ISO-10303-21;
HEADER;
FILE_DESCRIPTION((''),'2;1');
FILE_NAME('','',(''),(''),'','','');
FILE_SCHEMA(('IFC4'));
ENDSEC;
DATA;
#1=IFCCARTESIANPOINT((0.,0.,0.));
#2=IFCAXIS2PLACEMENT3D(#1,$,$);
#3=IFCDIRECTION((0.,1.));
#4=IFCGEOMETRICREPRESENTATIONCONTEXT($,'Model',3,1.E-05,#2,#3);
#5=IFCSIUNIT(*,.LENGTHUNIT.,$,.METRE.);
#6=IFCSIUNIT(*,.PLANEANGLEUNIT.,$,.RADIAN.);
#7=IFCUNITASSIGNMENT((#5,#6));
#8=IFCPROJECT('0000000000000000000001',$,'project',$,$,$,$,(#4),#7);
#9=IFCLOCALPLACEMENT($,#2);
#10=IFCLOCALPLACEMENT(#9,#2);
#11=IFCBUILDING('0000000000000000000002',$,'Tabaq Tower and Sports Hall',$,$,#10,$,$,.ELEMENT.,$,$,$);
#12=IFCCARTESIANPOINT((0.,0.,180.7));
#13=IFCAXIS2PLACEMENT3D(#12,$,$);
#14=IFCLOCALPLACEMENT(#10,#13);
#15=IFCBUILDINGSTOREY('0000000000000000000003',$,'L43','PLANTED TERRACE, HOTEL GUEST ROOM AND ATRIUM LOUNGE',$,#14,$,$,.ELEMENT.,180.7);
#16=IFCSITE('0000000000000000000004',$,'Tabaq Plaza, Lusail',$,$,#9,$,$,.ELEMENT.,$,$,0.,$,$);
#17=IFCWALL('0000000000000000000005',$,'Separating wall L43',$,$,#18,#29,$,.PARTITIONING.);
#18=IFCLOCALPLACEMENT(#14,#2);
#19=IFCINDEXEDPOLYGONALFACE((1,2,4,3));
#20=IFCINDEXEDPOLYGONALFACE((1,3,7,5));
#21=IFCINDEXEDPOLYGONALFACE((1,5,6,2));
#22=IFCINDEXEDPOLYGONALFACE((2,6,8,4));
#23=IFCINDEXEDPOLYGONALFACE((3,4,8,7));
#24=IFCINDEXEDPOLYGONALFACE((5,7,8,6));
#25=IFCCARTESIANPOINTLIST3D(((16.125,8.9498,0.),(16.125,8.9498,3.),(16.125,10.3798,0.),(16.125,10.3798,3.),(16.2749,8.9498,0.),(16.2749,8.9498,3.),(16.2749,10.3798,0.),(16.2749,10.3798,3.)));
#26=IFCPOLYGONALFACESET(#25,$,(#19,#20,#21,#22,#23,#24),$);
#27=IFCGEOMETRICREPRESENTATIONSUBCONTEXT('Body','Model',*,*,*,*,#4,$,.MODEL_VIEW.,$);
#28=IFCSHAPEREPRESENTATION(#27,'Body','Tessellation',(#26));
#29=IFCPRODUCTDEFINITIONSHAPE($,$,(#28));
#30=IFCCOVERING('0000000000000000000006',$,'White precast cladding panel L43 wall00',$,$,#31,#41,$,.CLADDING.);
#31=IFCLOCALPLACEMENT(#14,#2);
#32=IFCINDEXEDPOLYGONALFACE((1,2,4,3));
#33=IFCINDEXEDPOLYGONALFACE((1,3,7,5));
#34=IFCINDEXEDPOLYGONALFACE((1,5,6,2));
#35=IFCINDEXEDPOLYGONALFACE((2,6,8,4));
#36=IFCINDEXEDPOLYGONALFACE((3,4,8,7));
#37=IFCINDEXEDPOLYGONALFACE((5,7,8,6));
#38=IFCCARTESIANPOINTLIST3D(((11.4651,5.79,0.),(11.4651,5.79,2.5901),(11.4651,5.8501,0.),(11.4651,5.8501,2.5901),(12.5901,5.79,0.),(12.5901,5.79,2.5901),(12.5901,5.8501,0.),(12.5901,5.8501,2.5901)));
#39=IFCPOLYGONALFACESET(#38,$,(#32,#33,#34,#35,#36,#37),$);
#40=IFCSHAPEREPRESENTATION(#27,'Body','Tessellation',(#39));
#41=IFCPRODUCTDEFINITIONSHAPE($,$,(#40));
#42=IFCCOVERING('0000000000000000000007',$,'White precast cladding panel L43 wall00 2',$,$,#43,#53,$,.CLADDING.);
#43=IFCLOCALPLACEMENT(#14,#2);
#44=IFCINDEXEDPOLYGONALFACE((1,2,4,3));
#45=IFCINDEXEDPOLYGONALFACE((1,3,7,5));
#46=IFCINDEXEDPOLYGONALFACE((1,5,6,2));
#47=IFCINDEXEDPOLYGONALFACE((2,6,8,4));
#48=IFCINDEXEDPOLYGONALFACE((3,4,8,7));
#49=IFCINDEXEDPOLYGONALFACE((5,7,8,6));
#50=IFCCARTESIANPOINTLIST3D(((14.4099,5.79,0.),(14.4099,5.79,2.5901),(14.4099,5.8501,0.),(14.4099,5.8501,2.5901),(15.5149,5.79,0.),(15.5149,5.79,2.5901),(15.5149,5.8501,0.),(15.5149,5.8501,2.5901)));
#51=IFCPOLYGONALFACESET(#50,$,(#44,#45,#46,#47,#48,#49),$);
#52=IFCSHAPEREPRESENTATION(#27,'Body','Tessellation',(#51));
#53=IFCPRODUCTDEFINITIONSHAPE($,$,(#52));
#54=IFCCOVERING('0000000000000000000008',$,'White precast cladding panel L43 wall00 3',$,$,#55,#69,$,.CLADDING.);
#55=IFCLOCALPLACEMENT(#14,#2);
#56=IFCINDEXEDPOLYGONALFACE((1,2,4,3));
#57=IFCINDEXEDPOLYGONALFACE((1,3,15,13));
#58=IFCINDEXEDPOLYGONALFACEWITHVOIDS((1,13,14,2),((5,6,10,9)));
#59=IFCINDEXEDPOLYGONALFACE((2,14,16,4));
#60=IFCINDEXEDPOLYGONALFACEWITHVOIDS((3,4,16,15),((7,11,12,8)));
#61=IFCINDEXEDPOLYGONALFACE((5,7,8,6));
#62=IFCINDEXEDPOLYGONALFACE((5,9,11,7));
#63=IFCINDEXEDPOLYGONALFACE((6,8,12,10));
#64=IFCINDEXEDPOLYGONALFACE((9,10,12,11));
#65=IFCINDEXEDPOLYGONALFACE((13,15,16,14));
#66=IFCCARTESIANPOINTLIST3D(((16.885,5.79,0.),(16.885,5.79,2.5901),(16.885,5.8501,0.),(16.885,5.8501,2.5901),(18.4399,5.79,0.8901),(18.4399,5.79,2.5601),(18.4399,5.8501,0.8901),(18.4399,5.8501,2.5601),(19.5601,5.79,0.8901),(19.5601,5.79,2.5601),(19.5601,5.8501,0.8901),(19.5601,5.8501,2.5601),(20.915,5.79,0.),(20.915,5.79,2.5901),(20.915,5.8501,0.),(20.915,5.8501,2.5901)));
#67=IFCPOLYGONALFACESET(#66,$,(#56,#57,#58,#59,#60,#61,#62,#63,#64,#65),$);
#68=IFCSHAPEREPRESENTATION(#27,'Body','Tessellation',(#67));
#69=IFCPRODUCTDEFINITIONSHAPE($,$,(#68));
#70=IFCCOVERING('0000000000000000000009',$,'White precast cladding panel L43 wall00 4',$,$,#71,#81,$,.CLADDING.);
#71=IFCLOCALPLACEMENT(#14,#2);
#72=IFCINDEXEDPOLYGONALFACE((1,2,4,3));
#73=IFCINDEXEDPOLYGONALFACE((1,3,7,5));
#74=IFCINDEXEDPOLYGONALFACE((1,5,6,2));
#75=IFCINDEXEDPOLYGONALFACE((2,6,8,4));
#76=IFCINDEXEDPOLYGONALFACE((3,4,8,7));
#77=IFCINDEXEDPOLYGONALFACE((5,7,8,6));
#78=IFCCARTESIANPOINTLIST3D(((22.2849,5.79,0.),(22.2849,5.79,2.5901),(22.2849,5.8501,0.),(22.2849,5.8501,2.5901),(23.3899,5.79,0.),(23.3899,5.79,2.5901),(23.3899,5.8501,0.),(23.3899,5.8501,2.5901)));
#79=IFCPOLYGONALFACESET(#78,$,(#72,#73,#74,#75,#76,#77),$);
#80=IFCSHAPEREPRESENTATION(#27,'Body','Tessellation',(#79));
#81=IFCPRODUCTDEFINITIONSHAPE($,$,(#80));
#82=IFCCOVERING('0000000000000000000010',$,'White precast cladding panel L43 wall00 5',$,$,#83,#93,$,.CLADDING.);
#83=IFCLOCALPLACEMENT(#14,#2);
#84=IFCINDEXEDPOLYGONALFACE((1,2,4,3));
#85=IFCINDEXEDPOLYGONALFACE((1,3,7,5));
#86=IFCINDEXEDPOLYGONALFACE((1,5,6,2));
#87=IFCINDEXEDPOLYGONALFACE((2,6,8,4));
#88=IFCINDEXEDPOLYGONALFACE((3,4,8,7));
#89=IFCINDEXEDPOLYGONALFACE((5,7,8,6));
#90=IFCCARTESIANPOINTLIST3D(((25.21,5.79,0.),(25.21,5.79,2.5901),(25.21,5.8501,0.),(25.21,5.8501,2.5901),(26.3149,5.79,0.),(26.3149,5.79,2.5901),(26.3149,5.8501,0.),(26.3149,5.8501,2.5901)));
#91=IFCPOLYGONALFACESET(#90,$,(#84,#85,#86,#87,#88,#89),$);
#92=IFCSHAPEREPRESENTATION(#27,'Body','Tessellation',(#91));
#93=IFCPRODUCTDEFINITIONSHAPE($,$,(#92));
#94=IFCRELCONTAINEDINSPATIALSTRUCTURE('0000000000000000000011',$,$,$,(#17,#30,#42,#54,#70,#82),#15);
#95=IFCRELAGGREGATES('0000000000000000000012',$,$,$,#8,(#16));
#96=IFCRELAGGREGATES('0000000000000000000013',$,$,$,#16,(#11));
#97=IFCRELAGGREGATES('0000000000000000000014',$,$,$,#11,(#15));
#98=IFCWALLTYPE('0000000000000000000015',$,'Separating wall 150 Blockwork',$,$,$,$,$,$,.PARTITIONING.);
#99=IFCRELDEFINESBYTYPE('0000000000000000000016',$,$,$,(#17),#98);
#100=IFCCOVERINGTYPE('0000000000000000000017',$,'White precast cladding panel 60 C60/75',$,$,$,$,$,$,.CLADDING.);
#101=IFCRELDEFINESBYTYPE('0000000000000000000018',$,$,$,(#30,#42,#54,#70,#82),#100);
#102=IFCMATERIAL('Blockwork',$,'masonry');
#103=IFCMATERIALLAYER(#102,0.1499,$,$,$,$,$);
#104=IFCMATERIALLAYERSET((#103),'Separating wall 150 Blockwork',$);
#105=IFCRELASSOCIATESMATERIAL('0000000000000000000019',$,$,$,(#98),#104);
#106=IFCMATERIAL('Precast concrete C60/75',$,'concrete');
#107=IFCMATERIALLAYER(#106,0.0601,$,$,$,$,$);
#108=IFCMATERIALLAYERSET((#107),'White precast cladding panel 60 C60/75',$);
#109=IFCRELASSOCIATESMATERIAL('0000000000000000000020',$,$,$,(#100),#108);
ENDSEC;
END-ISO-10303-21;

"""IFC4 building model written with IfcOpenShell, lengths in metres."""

from ifc_helpers import new_model, si_unit, direction, frame, frame_2d, origin, place, context, subcontext, project, spatial, polyline, rectangle, outline, extrude, material, layer, layer_set, type_object, element, save


model = new_model("IFC4")

# Units and contexts
model_context = context("Model", 3, precision=1e-05, world=origin(), true_north=direction((0.0, 1.0)))
body_context = subcontext(model_context, "Body", "Model", "MODEL_VIEW")
ifc_project = project(units=[si_unit("LENGTHUNIT", "METRE"), si_unit("PLANEANGLEUNIT", "RADIAN")], contexts=[model_context])

# Site, building, storey
site_placement = place(None, origin())
site = spatial("IfcSite", under=ifc_project, at=site_placement, Name="Tabaq Plaza, Lusail", CompositionType="ELEMENT", RefElevation=0.0)
building_placement = place(site_placement, origin())
building = spatial("IfcBuilding", under=site, at=building_placement, Name="Tabaq Tower and Sports Hall", CompositionType="ELEMENT")
storey_placement = place(building_placement, frame((0.0, 0.0, 180.7)))
storey = spatial("IfcBuildingStorey", under=building, at=storey_placement, Name="L43", Description="PLANTED TERRACE, HOTEL GUEST ROOM AND ATRIUM LOUNGE", CompositionType="ELEMENT", Elevation=180.7)

# Wall
ifc_material_1 = material(Name="Blockwork", Category="masonry")
ifc_layer_1 = layer(ifc_material_1, 0.1499)
ifc_layer_set_1 = layer_set([ifc_layer_1], Name="Separating wall 150 Blockwork")
wall_type_1 = type_object("IfcWallType", Name="Separating wall 150 Blockwork", PredefinedType="PARTITIONING", material=ifc_layer_set_1)
wall_1_placement = place(storey_placement, frame((16.2, 8.95, 0.0), z_axis=(0.0, 0.0, 1.0), x_axis=(0.0, 1.0, 0.0)))
element("IfcWall", 1, at=wall_1_placement, inside=storey, type_object=wall_type_1, Name="Separating wall L43", PredefinedType="PARTITIONING", context=body_context, shape_type="SweptSolid", body=[
    extrude(rectangle(XDim=1.4299, YDim=0.1499, at=frame_2d((0.7148, 0.0))), origin(), (0.0, 0.0, 1.0), 3.0),
])

# Coverings
ifc_material_2 = material(Name="Precast concrete C60/75", Category="concrete")
ifc_layer_2 = layer(ifc_material_2, 0.0601)
ifc_layer_set_2 = layer_set([ifc_layer_2], Name="White precast cladding panel 60 C60/75")
covering_type = type_object("IfcCoveringType", Name="White precast cladding panel 60 C60/75", PredefinedType="CLADDING", material=ifc_layer_set_2)
covering_1_placement = place(storey_placement, frame((11.4651, 5.8201, 0.0), z_axis=(0.0, 0.0, 1.0), x_axis=(1.0, 0.0, 0.0)))
element("IfcCovering", 2, at=covering_1_placement, inside=storey, type_object=covering_type, Name="White precast cladding panel L43 wall00", PredefinedType="CLADDING", context=body_context, shape_type="SweptSolid", body=[
    extrude(rectangle(XDim=1.125, YDim=0.0601, at=frame_2d((0.5625, 0.0))), origin(), (0.0, 0.0, 1.0), 2.5901),
])
covering_2_placement = place(storey_placement, frame((14.4099, 5.8201, 0.0), z_axis=(0.0, 0.0, 1.0), x_axis=(1.0, 0.0, 0.0)))
element("IfcCovering", 3, at=covering_2_placement, inside=storey, type_object=covering_type, Name="White precast cladding panel L43 wall00 2", PredefinedType="CLADDING", context=body_context, shape_type="SweptSolid", body=[
    extrude(rectangle(XDim=1.105, YDim=0.0601, at=frame_2d((0.5525, 0.0))), origin(), (0.0, 0.0, 1.0), 2.5901),
])
covering_3_placement = place(storey_placement, frame((16.885, 5.8201, 0.0), z_axis=(0.0, 0.0, 1.0), x_axis=(1.0, 0.0, 0.0)))
element("IfcCovering", 4, at=covering_3_placement, inside=storey, type_object=covering_type, Name="White precast cladding panel L43 wall00 3", PredefinedType="CLADDING", context=body_context, shape_type="SweptSolid", body=[
    extrude(outline(polyline([(0.0, 0.0), (4.03, 0.0), (4.03, 2.5901), (0.0, 2.5901), (0.0, 0.0)]), holes=[polyline([(2.675, 0.8901), (1.5549, 0.8901), (1.5549, 2.5601), (2.675, 2.5601), (2.675, 0.8901)])]), frame((0.0, 0.03, 0.0), z_axis=(0.0, -1.0, 0.0), x_axis=(1.0, 0.0, 0.0)), (0.0, 0.0, 1.0), 0.0601),
])
for number, where, z_axis, x_axis, name in (
    (5, (22.2849, 5.8201, 0.0), (0.0, 0.0, 1.0), (1.0, 0.0, 0.0), "White precast cladding panel L43 wall00 4"),
    (6, (25.21, 5.8201, 0.0), (0.0, 0.0, 1.0), (1.0, 0.0, 0.0), "White precast cladding panel L43 wall00 5"),
):
    element("IfcCovering", number, at=place(storey_placement, frame(where, z_axis=z_axis, x_axis=x_axis)), inside=storey, type_object=covering_type, Name=name, PredefinedType="CLADDING", context=body_context, shape_type="SweptSolid", body=[
        extrude(rectangle(XDim=1.105, YDim=0.0601, at=frame_2d((0.5525, 0.0))), origin(), (0.0, 0.0, 1.0), 2.5901),
    ])

save(model, "model.ifc")
